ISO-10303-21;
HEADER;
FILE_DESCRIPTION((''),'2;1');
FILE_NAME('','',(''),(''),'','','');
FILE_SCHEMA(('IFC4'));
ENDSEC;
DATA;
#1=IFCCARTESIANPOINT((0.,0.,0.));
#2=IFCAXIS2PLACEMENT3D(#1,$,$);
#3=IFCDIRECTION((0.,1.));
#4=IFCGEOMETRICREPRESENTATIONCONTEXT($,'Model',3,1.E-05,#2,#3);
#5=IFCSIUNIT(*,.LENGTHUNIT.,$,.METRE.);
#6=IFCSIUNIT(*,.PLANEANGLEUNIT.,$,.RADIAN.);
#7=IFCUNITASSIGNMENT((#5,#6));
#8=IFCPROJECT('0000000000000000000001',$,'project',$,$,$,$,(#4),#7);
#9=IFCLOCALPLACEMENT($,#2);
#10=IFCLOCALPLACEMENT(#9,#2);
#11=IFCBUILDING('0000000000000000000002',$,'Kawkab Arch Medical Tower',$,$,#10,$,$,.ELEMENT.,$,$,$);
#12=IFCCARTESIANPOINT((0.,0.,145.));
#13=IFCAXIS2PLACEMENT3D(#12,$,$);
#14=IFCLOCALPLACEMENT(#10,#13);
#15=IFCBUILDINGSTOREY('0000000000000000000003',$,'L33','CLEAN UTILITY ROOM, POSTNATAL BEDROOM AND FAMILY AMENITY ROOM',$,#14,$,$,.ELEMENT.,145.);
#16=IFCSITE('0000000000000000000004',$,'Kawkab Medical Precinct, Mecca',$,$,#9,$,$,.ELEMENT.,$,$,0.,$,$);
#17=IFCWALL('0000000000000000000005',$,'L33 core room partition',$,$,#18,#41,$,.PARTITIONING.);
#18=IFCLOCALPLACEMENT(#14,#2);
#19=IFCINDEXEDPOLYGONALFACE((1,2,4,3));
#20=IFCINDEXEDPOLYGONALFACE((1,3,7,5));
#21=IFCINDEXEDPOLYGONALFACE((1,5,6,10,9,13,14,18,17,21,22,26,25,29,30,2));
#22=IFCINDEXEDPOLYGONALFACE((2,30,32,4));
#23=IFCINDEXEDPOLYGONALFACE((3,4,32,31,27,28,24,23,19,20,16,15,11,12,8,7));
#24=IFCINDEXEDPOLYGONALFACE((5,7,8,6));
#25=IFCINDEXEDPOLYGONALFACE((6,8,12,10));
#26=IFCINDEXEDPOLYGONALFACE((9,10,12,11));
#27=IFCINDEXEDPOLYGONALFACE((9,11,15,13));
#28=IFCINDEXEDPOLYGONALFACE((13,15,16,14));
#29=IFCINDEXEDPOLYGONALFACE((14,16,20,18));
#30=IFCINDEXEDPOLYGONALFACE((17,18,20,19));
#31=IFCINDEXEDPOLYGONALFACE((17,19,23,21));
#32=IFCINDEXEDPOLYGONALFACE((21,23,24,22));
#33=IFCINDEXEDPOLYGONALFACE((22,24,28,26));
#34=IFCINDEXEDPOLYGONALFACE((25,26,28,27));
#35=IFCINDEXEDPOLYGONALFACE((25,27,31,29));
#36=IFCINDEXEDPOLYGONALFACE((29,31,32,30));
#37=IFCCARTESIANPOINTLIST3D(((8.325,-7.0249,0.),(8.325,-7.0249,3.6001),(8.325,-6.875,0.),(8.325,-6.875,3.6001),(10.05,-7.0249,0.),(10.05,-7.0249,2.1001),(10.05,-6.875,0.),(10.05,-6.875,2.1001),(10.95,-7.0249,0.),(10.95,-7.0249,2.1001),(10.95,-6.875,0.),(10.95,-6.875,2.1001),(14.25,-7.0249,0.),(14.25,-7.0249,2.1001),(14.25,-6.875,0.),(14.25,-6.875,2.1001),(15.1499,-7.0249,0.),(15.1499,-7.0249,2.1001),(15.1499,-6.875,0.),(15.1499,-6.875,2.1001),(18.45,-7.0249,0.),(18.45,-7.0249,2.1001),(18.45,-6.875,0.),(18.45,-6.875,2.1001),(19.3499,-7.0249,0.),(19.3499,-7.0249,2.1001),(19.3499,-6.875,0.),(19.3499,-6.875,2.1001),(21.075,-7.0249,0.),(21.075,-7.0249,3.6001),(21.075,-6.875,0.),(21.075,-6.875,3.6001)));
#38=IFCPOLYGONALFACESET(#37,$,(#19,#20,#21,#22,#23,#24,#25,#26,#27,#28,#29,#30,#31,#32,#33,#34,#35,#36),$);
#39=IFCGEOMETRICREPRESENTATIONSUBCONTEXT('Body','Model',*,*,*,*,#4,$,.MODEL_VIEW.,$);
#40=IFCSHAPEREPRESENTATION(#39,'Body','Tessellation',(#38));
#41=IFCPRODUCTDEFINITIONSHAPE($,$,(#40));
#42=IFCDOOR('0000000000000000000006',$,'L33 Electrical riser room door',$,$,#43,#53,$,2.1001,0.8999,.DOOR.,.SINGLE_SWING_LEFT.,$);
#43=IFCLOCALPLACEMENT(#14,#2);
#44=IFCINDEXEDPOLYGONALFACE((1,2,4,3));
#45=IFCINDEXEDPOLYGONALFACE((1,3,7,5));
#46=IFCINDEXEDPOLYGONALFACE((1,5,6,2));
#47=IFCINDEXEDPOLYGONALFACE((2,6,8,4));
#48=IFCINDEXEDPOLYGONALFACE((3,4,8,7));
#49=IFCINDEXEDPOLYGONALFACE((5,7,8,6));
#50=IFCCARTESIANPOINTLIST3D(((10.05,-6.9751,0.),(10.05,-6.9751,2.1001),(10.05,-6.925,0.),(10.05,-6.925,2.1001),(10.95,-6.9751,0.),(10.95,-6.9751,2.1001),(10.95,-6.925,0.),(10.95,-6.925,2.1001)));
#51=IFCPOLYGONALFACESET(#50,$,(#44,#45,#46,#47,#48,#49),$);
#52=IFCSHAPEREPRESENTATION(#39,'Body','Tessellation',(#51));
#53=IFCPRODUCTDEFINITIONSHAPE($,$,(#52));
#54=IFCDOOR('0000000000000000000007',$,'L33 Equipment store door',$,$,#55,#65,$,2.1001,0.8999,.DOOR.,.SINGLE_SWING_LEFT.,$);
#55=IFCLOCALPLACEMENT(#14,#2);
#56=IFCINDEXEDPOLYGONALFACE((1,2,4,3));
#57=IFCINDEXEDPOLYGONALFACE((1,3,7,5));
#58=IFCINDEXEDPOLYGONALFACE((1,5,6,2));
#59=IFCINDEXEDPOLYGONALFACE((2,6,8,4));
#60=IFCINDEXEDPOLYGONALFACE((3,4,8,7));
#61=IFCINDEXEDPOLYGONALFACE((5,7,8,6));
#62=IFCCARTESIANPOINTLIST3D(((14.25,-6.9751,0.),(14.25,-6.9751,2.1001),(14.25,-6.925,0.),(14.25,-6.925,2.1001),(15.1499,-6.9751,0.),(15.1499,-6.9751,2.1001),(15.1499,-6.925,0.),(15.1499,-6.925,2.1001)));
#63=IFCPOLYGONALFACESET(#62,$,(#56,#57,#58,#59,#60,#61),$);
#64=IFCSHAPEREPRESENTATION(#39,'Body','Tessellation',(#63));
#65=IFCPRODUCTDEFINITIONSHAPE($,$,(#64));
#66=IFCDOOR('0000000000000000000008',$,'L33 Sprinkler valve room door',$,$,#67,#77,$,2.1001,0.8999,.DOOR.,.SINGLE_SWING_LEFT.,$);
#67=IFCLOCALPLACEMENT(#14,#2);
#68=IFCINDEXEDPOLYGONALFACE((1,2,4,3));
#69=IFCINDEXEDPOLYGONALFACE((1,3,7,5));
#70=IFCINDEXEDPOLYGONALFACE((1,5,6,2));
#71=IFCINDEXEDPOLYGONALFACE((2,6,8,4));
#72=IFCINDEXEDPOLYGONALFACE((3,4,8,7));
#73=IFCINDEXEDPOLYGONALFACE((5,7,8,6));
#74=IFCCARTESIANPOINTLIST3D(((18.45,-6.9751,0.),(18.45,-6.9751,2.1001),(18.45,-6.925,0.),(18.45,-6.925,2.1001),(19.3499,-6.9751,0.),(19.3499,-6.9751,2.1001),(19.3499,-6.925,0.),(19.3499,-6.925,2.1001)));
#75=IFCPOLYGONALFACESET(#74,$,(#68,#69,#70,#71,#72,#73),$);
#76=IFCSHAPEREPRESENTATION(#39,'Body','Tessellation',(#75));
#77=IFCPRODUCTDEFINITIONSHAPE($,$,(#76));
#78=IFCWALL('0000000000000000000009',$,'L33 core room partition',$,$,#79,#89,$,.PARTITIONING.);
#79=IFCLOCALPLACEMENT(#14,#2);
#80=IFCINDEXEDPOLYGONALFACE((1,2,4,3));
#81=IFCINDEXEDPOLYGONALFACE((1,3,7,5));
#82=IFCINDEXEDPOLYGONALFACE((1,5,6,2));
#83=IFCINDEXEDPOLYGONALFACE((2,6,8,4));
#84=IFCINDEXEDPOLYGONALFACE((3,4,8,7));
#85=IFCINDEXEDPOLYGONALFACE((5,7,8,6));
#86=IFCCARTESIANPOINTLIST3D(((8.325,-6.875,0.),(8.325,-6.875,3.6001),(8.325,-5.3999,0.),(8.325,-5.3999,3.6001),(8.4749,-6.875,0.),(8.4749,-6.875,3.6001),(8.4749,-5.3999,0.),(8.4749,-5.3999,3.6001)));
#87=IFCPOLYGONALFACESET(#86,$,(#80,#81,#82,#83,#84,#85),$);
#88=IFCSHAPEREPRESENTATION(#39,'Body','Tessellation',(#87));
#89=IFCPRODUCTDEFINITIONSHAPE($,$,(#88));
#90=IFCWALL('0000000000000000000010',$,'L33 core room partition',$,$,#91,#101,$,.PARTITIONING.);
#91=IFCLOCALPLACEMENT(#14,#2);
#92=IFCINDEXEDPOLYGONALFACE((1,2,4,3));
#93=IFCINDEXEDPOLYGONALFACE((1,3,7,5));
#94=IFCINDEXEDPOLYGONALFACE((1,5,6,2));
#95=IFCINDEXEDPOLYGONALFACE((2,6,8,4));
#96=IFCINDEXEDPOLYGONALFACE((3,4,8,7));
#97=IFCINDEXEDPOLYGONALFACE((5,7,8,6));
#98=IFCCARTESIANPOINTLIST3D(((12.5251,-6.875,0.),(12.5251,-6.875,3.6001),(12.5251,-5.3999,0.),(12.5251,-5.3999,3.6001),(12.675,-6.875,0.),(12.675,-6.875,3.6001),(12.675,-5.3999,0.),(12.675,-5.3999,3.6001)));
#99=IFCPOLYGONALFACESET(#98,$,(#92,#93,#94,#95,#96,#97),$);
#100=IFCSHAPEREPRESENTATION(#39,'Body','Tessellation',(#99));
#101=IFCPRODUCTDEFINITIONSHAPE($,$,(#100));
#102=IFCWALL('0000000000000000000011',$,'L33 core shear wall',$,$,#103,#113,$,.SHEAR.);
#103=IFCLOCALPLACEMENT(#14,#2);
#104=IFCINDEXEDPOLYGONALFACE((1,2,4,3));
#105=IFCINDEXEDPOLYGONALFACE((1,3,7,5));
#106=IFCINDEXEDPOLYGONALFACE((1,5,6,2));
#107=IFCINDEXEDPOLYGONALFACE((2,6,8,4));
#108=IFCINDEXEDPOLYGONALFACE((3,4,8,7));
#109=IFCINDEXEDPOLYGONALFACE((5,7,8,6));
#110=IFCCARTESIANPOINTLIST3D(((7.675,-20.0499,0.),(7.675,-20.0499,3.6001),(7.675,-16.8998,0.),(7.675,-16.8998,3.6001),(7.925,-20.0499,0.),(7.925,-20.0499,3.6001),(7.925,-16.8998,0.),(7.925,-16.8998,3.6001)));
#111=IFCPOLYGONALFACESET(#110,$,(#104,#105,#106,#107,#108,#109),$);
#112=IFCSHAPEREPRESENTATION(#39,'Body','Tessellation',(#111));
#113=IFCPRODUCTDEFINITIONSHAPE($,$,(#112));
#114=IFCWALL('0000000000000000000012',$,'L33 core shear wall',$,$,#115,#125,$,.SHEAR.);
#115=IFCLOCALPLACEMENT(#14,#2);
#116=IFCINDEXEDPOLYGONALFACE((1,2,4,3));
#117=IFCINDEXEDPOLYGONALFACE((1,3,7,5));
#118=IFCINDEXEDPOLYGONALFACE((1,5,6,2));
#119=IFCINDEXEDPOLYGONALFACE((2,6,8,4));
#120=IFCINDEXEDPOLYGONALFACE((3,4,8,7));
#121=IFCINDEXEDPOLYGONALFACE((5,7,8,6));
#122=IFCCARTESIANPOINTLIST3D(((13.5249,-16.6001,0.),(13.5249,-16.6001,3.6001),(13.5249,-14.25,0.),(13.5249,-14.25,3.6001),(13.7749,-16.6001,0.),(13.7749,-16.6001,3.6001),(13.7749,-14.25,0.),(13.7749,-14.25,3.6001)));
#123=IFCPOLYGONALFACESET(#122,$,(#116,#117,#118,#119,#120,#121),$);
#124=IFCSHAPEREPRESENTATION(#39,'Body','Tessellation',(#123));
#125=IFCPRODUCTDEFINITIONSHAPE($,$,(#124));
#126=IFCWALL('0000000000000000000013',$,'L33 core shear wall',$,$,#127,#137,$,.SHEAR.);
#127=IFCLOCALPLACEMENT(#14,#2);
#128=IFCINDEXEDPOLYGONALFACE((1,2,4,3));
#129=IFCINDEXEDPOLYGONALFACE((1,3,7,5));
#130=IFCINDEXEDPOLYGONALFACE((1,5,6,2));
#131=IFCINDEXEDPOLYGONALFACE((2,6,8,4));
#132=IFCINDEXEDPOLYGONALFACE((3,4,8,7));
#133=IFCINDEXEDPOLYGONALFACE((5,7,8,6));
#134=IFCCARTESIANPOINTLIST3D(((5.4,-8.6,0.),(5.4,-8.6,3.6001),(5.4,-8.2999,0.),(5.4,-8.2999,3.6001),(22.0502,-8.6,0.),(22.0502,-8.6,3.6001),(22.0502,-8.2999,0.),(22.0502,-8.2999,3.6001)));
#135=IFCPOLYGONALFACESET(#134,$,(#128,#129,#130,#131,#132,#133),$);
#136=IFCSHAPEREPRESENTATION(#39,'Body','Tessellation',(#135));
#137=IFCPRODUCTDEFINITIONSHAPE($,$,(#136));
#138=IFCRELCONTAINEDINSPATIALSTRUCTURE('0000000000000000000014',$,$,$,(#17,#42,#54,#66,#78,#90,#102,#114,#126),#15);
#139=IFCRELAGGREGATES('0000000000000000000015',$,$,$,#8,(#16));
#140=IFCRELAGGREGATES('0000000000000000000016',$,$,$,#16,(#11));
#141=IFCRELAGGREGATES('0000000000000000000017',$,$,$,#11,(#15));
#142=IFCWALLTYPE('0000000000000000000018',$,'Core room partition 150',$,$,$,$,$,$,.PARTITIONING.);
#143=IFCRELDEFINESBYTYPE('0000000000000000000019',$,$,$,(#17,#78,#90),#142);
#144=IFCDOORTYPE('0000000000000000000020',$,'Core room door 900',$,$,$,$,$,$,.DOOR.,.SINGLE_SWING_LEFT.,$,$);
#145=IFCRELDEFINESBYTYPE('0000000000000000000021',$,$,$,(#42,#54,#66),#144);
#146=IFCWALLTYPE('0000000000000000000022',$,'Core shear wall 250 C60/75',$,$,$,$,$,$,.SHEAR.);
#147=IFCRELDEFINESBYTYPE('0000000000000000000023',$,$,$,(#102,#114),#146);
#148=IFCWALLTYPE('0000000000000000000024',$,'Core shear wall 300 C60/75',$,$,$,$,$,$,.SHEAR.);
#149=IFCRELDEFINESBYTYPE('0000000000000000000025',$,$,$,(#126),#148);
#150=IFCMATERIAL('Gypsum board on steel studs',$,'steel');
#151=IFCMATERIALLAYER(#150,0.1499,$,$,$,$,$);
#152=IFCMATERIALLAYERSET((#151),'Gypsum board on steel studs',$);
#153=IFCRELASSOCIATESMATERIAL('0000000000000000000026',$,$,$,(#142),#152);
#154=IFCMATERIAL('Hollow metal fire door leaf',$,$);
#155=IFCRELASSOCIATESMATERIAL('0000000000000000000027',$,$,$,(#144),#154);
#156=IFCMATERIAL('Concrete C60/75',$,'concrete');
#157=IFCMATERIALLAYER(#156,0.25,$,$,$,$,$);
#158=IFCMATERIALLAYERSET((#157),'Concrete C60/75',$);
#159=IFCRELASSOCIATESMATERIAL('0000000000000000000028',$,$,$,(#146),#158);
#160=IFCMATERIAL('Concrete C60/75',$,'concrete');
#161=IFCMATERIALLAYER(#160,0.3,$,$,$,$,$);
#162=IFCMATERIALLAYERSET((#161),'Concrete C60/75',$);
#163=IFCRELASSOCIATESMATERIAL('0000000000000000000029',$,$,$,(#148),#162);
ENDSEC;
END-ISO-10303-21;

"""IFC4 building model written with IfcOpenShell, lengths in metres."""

from ifc_helpers import new_model, si_unit, direction, frame, frame_2d, origin, place, context, subcontext, project, spatial, rectangle, extrude, material, layer, layer_set, type_object, element, fill, save


model = new_model("IFC4")

# Units and contexts
model_context = context("Model", 3, precision=1e-05, world=origin(), true_north=direction((0.0, 1.0)))
body_context = subcontext(model_context, "Body", "Model", "MODEL_VIEW")
ifc_project = project(units=[si_unit("LENGTHUNIT", "METRE"), si_unit("PLANEANGLEUNIT", "RADIAN")], contexts=[model_context])

# Site, building, storey
site_placement = place(None, origin())
site = spatial("IfcSite", under=ifc_project, at=site_placement, Name="Kawkab Medical Precinct, Mecca", CompositionType="ELEMENT", RefElevation=0.0)
building_placement = place(site_placement, origin())
building = spatial("IfcBuilding", under=site, at=building_placement, Name="Kawkab Arch Medical Tower", CompositionType="ELEMENT")
storey_placement = place(building_placement, frame((0.0, 0.0, 145.0)))
storey = spatial("IfcBuildingStorey", under=building, at=storey_placement, Name="L33", Description="CLEAN UTILITY ROOM, POSTNATAL BEDROOM AND FAMILY AMENITY ROOM", CompositionType="ELEMENT", Elevation=145.0)

# Wall, openings, doors
ifc_material_1 = material(Name="Gypsum board on steel studs", Category="steel")
ifc_layer_1 = layer(ifc_material_1, 0.1499)
ifc_layer_set_1 = layer_set([ifc_layer_1], Name="Gypsum board on steel studs")
wall_type_1 = type_object("IfcWallType", Name="Core room partition 150", PredefinedType="PARTITIONING", material=ifc_layer_set_1)
wall_1_placement = place(storey_placement, frame((8.325, -6.95, 0.0), z_axis=(0.0, 0.0, 1.0), x_axis=(1.0, 0.0, 0.0)))
wall_1 = element("IfcWall", 1, at=wall_1_placement, inside=storey, type_object=wall_type_1, Name="L33 core room partition", PredefinedType="PARTITIONING", context=body_context, shape_type="SweptSolid", body=[
    extrude(rectangle(XDim=12.75, YDim=0.1499, at=frame_2d((6.375, 0.0))), origin(), (0.0, 0.0, 1.0), 3.6001),
])
opening_1_placement = place(wall_1_placement, frame((1.7251, 0.0, 0.0)))
opening_1 = element("IfcOpeningElement", 2, at=opening_1_placement, cuts=wall_1, PredefinedType="OPENING", context=body_context, shape_type="SweptSolid", body=[
    extrude(rectangle(XDim=0.8999, YDim=2.1001, at=frame_2d((0.45, 1.05))), frame((0.0, 0.085, 0.0), z_axis=(0.0, -1.0, 0.0), x_axis=(1.0, 0.0, 0.0)), (0.0, 0.0, 1.0), 0.1699),
])
opening_2_placement = place(wall_1_placement, frame((5.925, 0.0, 0.0)))
opening_2 = element("IfcOpeningElement", 3, at=opening_2_placement, cuts=wall_1, PredefinedType="OPENING", context=body_context, shape_type="SweptSolid", body=[
    extrude(rectangle(XDim=0.8999, YDim=2.1001, at=frame_2d((0.45, 1.05))), frame((0.0, 0.085, 0.0), z_axis=(0.0, -1.0, 0.0), x_axis=(1.0, 0.0, 0.0)), (0.0, 0.0, 1.0), 0.1699),
])
opening_3_placement = place(wall_1_placement, frame((10.125, 0.0, 0.0)))
opening_3 = element("IfcOpeningElement", 4, at=opening_3_placement, cuts=wall_1, PredefinedType="OPENING", context=body_context, shape_type="SweptSolid", body=[
    extrude(rectangle(XDim=0.8999, YDim=2.1001, at=frame_2d((0.45, 1.05))), frame((0.0, 0.085, 0.0), z_axis=(0.0, -1.0, 0.0), x_axis=(1.0, 0.0, 0.0)), (0.0, 0.0, 1.0), 0.1699),
])
ifc_material_2 = material(Name="Hollow metal fire door leaf")
door_type_1 = type_object("IfcDoorType", Name="Core room door 900", OperationType="SINGLE_SWING_LEFT", PredefinedType="DOOR", material=ifc_material_2)
door_1_placement = place(opening_1_placement, origin())
door_1 = element("IfcDoor", 5, at=door_1_placement, inside=storey, type_object=door_type_1, Name="L33 Electrical riser room door", OperationType="SINGLE_SWING_LEFT", OverallHeight=2.1001, OverallWidth=0.8999, PredefinedType="DOOR", context=body_context, shape_type="SweptSolid", body=[
    extrude(rectangle(XDim=0.8999, YDim=2.1001, at=frame_2d((0.45, 1.05))), frame((0.0, 0.0249, 0.0), z_axis=(0.0, -1.0, 0.0), x_axis=(1.0, 0.0, 0.0)), (0.0, 0.0, 1.0), 0.05),
])
fill(opening_1, door_1)
door_2_placement = place(opening_2_placement, origin())
door_2 = element("IfcDoor", 6, at=door_2_placement, inside=storey, type_object=door_type_1, Name="L33 Equipment store door", OperationType="SINGLE_SWING_LEFT", OverallHeight=2.1001, OverallWidth=0.8999, PredefinedType="DOOR", context=body_context, shape_type="SweptSolid", body=[
    extrude(rectangle(XDim=0.8999, YDim=2.1001, at=frame_2d((0.45, 1.05))), frame((0.0, 0.0249, 0.0), z_axis=(0.0, -1.0, 0.0), x_axis=(1.0, 0.0, 0.0)), (0.0, 0.0, 1.0), 0.05),
])
fill(opening_2, door_2)
door_3_placement = place(opening_3_placement, origin())
door_3 = element("IfcDoor", 7, at=door_3_placement, inside=storey, type_object=door_type_1, Name="L33 Sprinkler valve room door", OperationType="SINGLE_SWING_LEFT", OverallHeight=2.1001, OverallWidth=0.8999, PredefinedType="DOOR", context=body_context, shape_type="SweptSolid", body=[
    extrude(rectangle(XDim=0.8999, YDim=2.1001, at=frame_2d((0.45, 1.05))), frame((0.0, 0.0249, 0.0), z_axis=(0.0, -1.0, 0.0), x_axis=(1.0, 0.0, 0.0)), (0.0, 0.0, 1.0), 0.05),
])
fill(opening_3, door_3)

# Walls
for number, where, z_axis, x_axis, name in (
    (8, (8.3999, -6.875, 0.0), (0.0, 0.0, 1.0), (0.0, 1.0, 0.0), "L33 core room partition"),
    (9, (12.6001, -6.875, 0.0), (0.0, 0.0, 1.0), (0.0, 1.0, 0.0), "L33 core room partition"),
):
    element("IfcWall", number, at=place(storey_placement, frame(where, z_axis=z_axis, x_axis=x_axis)), inside=storey, type_object=wall_type_1, Name=name, PredefinedType="PARTITIONING", context=body_context, shape_type="SweptSolid", body=[
        extrude(rectangle(XDim=1.4751, YDim=0.1499, at=frame_2d((0.7375, 0.0))), origin(), (0.0, 0.0, 1.0), 3.6001),
    ])
ifc_material_3 = material(Name="Concrete C60/75", Category="concrete")
ifc_layer_2 = layer(ifc_material_3, 0.25)
ifc_layer_set_2 = layer_set([ifc_layer_2], Name="Concrete C60/75")
wall_type_2 = type_object("IfcWallType", Name="Core shear wall 250 C60/75", PredefinedType="SHEAR", material=ifc_layer_set_2)
wall_2_placement = place(storey_placement, frame((7.8, -20.05, 0.0), z_axis=(0.0, 0.0, 1.0), x_axis=(0.0, 1.0, 0.0)))
element("IfcWall", 10, at=wall_2_placement, inside=storey, type_object=wall_type_2, Name="L33 core shear wall", PredefinedType="SHEAR", context=body_context, shape_type="SweptSolid", body=[
    extrude(rectangle(XDim=3.1501, YDim=0.25, at=frame_2d((1.5752, 0.0))), origin(), (0.0, 0.0, 1.0), 3.6001),
])
wall_3_placement = place(storey_placement, frame((13.6499, -16.6001, 0.0), z_axis=(0.0, 0.0, 1.0), x_axis=(0.0, 1.0, 0.0)))
element("IfcWall", 11, at=wall_3_placement, inside=storey, type_object=wall_type_2, Name="L33 core shear wall", PredefinedType="SHEAR", context=body_context, shape_type="SweptSolid", body=[
    extrude(rectangle(XDim=2.3501, YDim=0.25, at=frame_2d((1.175, 0.0))), origin(), (0.0, 0.0, 1.0), 3.6001),
])
ifc_material_4 = material(Name="Concrete C60/75", Category="concrete")
ifc_layer_3 = layer(ifc_material_4, 0.3)
ifc_layer_set_3 = layer_set([ifc_layer_3], Name="Concrete C60/75")
wall_type_3 = type_object("IfcWallType", Name="Core shear wall 300 C60/75", PredefinedType="SHEAR", material=ifc_layer_set_3)
wall_4_placement = place(storey_placement, frame((5.3999, -8.45, 0.0), z_axis=(0.0, 0.0, 1.0), x_axis=(1.0, 0.0, 0.0)))
element("IfcWall", 12, at=wall_4_placement, inside=storey, type_object=wall_type_3, Name="L33 core shear wall", PredefinedType="SHEAR", context=body_context, shape_type="SweptSolid", body=[
    extrude(rectangle(XDim=16.6501, YDim=0.3, at=frame_2d((8.3252, 0.0))), origin(), (0.0, 0.0, 1.0), 3.6001),
])

save(model, "model.ifc")
